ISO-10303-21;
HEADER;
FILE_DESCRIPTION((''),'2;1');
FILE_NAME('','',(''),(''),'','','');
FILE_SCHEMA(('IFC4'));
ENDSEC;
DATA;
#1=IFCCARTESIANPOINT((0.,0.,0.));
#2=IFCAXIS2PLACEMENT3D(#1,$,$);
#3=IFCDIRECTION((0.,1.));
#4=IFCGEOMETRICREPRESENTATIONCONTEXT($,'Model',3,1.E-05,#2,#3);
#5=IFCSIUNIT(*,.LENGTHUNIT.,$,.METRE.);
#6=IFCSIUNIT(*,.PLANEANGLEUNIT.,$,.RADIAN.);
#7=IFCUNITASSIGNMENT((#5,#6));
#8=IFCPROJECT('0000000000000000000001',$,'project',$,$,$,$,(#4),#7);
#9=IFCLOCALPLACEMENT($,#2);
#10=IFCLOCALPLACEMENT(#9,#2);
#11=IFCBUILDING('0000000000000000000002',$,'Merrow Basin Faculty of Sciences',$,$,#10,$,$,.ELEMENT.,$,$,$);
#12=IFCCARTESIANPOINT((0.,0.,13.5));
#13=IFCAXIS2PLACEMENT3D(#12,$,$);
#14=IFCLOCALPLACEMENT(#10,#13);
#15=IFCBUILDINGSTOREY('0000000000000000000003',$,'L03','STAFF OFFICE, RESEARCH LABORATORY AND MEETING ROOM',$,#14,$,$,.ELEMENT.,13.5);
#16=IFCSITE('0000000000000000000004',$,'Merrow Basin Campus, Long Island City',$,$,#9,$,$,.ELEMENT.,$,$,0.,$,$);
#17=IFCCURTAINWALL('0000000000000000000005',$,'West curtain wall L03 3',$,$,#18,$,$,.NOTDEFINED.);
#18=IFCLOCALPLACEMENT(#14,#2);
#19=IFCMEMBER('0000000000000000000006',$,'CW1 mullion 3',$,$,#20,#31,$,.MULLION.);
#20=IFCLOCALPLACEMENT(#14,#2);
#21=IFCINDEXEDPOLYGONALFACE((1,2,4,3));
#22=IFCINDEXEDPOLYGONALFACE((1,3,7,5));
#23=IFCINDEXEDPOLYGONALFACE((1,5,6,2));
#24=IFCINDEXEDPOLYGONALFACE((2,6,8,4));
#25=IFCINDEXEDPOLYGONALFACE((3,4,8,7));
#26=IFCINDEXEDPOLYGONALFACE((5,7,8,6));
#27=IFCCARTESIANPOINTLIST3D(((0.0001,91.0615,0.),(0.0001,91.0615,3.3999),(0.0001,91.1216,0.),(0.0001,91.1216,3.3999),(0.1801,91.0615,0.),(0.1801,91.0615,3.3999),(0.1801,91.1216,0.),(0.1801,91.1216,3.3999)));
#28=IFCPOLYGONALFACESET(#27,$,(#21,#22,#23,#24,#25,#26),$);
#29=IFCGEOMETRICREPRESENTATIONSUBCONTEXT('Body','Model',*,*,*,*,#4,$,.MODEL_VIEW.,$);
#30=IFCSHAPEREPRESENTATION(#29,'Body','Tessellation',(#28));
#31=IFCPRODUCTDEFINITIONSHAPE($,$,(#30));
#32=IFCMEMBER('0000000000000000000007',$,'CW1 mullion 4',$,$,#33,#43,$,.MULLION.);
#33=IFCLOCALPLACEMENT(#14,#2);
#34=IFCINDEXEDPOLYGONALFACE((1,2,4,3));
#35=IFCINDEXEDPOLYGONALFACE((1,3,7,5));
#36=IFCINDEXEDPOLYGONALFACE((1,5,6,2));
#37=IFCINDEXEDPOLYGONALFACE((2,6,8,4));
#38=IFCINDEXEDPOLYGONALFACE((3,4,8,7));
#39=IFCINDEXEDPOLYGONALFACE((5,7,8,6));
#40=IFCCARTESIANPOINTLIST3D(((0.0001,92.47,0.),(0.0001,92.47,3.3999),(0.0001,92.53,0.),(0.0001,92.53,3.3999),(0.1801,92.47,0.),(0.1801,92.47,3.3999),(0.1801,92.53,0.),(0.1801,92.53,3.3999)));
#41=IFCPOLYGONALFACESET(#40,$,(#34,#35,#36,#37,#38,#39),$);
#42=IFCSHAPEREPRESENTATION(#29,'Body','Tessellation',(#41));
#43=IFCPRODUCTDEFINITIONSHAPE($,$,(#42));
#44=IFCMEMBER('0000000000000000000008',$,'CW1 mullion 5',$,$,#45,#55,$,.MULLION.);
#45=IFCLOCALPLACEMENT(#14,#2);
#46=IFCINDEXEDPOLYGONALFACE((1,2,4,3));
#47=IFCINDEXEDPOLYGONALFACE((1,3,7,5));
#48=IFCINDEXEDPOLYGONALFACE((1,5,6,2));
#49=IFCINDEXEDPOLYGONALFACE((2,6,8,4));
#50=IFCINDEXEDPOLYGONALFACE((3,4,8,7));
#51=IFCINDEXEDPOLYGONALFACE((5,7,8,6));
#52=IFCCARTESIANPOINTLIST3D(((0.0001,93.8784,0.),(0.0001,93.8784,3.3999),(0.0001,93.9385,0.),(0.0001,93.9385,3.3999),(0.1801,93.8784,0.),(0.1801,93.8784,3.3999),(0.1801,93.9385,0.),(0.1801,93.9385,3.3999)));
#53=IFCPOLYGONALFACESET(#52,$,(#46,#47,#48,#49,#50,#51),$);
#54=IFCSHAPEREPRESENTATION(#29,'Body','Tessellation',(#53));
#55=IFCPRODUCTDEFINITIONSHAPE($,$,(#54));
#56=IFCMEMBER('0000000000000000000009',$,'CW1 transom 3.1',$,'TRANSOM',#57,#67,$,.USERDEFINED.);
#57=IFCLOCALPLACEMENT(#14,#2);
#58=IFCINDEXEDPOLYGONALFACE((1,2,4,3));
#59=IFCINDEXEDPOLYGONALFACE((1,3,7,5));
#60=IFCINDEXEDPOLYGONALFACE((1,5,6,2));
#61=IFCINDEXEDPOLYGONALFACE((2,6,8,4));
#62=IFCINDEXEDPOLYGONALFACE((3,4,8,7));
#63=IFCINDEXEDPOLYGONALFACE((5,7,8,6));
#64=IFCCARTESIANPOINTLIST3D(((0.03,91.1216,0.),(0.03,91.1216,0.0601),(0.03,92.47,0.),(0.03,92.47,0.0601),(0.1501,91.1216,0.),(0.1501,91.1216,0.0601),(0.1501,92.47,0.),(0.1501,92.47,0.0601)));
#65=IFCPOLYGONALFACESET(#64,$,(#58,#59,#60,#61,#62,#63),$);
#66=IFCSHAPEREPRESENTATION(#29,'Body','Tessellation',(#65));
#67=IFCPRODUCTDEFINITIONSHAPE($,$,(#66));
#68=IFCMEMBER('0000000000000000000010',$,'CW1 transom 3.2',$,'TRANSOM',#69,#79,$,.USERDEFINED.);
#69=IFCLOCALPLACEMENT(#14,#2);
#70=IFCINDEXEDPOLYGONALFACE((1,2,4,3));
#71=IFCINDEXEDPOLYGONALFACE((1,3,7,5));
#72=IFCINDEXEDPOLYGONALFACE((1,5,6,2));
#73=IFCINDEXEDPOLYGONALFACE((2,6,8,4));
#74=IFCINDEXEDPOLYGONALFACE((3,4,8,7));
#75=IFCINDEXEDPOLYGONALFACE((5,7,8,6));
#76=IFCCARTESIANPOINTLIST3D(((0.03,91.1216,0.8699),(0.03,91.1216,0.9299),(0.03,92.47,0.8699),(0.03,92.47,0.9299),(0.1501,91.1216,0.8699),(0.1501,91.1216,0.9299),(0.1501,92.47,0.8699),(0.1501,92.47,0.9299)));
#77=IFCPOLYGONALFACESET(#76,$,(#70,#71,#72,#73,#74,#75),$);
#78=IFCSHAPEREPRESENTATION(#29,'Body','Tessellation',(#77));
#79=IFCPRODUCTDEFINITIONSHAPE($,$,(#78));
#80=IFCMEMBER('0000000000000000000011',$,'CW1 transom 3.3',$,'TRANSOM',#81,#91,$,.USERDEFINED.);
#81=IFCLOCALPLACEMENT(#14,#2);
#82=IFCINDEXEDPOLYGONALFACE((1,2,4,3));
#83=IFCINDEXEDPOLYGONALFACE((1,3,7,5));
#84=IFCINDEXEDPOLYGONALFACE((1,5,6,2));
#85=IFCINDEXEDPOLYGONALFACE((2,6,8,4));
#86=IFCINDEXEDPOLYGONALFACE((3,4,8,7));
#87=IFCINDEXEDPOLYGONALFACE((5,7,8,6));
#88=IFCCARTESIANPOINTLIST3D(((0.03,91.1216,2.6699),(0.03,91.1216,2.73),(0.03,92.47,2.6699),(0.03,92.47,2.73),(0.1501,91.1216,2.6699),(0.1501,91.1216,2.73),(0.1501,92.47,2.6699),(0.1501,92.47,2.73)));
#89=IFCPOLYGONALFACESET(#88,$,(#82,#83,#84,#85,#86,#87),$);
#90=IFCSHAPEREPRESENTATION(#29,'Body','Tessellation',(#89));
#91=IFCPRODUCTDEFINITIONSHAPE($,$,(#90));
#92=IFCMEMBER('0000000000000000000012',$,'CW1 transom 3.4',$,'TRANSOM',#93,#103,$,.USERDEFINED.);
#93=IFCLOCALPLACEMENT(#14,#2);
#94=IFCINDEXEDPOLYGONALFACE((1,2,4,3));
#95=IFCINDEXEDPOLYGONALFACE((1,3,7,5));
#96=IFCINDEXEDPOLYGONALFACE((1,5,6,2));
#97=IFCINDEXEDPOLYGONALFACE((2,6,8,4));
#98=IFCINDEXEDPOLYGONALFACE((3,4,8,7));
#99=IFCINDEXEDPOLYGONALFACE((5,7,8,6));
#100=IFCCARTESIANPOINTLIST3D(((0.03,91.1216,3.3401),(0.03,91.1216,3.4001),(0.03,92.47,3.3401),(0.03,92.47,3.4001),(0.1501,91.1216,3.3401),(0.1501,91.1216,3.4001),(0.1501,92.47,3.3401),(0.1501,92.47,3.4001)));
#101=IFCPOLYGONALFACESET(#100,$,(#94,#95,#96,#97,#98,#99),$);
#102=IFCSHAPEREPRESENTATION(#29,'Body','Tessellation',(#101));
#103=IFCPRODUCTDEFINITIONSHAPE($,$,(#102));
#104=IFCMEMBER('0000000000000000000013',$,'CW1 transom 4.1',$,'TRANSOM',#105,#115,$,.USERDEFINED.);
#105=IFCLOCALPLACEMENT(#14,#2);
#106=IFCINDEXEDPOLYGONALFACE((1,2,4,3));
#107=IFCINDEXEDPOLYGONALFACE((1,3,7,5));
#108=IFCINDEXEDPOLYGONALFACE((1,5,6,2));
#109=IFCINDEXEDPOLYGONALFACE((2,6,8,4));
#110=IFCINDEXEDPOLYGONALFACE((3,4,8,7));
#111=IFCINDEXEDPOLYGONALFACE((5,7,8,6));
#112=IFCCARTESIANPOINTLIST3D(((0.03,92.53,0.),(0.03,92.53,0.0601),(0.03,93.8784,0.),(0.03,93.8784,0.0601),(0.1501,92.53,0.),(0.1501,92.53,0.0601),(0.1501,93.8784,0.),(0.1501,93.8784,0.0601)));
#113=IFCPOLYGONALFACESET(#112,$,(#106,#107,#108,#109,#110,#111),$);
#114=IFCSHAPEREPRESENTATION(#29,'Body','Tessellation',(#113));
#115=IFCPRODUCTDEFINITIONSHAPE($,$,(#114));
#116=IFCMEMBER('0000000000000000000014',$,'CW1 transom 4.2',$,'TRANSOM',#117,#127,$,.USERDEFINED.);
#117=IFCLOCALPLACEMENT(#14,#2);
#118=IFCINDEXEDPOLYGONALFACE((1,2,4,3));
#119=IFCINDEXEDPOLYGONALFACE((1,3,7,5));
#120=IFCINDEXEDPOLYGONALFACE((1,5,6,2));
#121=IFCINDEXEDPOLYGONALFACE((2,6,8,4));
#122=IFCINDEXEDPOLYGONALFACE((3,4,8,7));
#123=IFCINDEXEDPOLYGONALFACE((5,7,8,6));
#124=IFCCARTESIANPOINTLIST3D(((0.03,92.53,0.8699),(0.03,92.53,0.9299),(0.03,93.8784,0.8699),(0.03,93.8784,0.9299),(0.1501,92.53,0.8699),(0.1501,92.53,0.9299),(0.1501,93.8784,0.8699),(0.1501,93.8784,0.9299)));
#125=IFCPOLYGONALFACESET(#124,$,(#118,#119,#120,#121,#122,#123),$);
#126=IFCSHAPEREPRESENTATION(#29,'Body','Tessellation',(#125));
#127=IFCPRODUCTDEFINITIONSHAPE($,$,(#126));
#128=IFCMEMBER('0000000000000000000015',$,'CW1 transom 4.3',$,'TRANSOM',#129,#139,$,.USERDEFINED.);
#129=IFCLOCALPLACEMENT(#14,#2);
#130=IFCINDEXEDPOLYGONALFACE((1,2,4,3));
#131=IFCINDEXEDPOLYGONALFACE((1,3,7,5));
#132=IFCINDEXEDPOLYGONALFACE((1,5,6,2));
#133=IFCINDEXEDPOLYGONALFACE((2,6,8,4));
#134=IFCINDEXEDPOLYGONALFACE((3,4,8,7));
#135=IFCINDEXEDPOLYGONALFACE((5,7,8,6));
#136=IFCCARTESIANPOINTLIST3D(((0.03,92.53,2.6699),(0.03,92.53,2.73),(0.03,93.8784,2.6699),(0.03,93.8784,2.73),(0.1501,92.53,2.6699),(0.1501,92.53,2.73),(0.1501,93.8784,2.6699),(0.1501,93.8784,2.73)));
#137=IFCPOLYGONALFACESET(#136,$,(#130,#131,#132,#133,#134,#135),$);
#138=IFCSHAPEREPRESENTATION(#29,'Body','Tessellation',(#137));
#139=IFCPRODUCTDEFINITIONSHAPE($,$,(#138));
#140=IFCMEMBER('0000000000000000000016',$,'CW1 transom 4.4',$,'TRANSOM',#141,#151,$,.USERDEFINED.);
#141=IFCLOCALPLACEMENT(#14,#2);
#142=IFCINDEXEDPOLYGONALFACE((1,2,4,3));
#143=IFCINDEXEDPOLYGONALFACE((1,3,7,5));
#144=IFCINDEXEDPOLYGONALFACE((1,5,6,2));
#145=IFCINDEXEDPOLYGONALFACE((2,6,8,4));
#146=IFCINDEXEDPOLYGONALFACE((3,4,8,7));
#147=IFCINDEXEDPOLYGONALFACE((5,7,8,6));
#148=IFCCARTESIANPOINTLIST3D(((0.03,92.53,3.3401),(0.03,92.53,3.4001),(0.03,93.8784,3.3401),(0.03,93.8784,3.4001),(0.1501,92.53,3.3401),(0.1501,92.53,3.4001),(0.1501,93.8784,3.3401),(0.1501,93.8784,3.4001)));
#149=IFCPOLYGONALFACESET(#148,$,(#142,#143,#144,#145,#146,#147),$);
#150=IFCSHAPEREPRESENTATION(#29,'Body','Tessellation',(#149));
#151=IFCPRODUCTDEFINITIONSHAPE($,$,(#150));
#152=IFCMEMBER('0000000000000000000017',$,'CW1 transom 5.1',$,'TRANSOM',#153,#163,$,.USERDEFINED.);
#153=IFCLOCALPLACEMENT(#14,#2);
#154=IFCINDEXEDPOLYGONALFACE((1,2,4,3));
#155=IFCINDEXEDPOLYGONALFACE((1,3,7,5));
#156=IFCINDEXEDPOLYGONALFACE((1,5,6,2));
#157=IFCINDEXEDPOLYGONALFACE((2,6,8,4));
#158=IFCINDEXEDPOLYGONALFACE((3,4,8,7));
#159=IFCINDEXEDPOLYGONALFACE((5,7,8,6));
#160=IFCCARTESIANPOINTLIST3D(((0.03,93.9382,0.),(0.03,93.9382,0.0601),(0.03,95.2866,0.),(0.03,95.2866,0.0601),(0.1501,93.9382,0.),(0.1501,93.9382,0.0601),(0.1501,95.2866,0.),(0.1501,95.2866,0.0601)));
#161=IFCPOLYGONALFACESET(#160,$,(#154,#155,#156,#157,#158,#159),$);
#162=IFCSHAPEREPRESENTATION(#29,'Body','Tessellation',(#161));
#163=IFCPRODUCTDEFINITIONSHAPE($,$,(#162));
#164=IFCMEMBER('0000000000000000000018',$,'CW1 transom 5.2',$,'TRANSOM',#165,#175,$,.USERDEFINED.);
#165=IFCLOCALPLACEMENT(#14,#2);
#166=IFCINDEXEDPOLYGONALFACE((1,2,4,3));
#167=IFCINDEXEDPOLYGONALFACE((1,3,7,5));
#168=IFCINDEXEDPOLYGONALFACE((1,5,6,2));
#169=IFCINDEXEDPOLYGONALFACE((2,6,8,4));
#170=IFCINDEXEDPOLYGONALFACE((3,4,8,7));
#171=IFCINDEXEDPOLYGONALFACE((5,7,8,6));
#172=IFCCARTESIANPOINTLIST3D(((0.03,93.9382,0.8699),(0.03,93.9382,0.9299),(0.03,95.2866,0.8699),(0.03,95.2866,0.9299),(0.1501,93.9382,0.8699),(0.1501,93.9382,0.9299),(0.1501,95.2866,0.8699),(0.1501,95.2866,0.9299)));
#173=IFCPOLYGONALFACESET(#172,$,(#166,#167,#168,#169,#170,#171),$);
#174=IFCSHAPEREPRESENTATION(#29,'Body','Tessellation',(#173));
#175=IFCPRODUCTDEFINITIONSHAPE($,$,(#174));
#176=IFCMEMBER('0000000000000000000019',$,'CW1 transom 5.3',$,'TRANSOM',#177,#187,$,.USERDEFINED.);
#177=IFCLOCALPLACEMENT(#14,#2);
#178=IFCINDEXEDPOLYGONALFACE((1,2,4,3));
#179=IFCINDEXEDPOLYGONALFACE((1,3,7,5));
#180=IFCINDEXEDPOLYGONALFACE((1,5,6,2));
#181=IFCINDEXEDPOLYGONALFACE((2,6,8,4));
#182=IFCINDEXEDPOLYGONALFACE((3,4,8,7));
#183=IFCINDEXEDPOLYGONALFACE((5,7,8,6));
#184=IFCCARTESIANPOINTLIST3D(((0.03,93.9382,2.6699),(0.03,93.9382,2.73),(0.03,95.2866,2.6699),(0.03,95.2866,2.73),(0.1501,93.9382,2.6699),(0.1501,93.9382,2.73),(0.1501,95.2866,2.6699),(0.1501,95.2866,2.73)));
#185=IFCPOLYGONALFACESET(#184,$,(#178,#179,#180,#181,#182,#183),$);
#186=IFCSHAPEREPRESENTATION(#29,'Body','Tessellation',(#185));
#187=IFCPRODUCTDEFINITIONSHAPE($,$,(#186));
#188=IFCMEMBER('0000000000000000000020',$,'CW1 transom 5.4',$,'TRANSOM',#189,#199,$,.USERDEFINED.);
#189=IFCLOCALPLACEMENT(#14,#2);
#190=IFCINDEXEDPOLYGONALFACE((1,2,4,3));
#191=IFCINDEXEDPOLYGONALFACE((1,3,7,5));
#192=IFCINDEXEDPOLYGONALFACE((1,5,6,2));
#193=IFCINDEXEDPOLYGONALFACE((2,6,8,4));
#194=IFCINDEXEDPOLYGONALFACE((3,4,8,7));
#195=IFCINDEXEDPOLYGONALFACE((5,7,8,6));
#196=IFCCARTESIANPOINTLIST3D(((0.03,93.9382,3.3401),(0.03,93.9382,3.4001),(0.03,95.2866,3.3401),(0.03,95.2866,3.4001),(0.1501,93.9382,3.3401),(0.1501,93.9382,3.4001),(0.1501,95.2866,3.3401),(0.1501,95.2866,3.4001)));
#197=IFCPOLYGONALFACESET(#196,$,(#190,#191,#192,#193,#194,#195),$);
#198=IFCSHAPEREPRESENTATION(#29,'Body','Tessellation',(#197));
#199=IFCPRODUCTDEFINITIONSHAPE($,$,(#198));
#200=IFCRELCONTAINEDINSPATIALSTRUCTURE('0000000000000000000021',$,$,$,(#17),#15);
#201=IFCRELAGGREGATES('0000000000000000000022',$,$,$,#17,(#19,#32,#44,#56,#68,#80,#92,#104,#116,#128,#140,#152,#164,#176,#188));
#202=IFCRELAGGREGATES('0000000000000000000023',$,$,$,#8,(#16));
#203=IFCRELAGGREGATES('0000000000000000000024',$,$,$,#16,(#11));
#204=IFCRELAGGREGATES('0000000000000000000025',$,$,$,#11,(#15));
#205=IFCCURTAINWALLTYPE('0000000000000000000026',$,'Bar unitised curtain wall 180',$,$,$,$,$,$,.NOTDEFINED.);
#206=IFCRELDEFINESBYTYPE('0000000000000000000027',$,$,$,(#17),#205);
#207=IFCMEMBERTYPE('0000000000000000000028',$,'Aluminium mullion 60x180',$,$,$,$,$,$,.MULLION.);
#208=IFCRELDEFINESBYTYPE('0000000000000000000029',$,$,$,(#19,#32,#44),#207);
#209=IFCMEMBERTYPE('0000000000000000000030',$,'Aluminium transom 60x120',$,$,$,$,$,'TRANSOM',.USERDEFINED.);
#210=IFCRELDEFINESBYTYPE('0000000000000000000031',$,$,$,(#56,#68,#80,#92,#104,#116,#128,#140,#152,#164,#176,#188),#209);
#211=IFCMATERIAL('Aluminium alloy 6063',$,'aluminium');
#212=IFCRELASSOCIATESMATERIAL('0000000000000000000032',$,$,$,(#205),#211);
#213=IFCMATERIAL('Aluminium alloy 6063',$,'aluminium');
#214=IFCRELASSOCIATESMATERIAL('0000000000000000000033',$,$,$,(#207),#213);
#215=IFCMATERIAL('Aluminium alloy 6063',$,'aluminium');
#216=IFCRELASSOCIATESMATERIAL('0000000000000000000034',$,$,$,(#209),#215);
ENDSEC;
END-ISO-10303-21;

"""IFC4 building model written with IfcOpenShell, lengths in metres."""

from ifc_helpers import new_model, si_unit, direction, frame, origin, origin_2d, place, context, subcontext, project, spatial, rectangle, extrude, material, material_profile, profile_set, type_object, element, aggregate, save


model = new_model("IFC4")

# Units and contexts
model_context = context("Model", 3, precision=1e-05, world=origin(), true_north=direction((0.0, 1.0)))
body_context = subcontext(model_context, "Body", "Model", "MODEL_VIEW")
ifc_project = project(units=[si_unit("LENGTHUNIT", "METRE"), si_unit("PLANEANGLEUNIT", "RADIAN")], contexts=[model_context])

# Site, building, storey
site_placement = place(None, origin())
site = spatial("IfcSite", under=ifc_project, at=site_placement, Name="Merrow Basin Campus, Long Island City", CompositionType="ELEMENT", RefElevation=0.0)
building_placement = place(site_placement, origin())
building = spatial("IfcBuilding", under=site, at=building_placement, Name="Merrow Basin Faculty of Sciences", CompositionType="ELEMENT")
storey_placement = place(building_placement, frame((0.0, 0.0, 13.5)))
storey = spatial("IfcBuildingStorey", under=building, at=storey_placement, Name="L03", Description="STAFF OFFICE, RESEARCH LABORATORY AND MEETING ROOM", CompositionType="ELEMENT", Elevation=13.5)

# Curtain wall, members
ifc_material_1 = material(Name="Aluminium alloy 6063", Category="aluminium")
curtain_wall_type = type_object("IfcCurtainWallType", Name="Bar unitised curtain wall 180", PredefinedType="NOTDEFINED", material=ifc_material_1)
curtain_wall_placement = place(storey_placement, origin())
curtain_wall = element("IfcCurtainWall", 1, at=curtain_wall_placement, inside=storey, type_object=curtain_wall_type, Name="West curtain wall L03 3", PredefinedType="NOTDEFINED")
ifc_material_2 = material(Name="Aluminium alloy 6063", Category="aluminium")
ifc_material_profile_1 = material_profile(ifc_material_2, rectangle(XDim=0.1799, YDim=0.0601, at=origin_2d()))
ifc_profile_set_1 = profile_set([ifc_material_profile_1], Name="Aluminium alloy 6063")
member_type_1 = type_object("IfcMemberType", Name="Aluminium mullion 60x180", PredefinedType="MULLION", material=ifc_profile_set_1)
member_1_placement = place(storey_placement, frame((0.0901, 91.0916, 0.0), z_axis=(0.0, 0.0, 1.0), x_axis=(-1.0, 0.0, 0.0)))
member_1 = element("IfcMember", 2, at=member_1_placement, type_object=member_type_1, Name="CW1 mullion 3", PredefinedType="MULLION", context=body_context, shape_type="SweptSolid", body=[
    extrude(rectangle(XDim=0.1799, YDim=0.0601, at=origin_2d()), origin(), (0.0, 0.0, 1.0), 3.3999),
])
member_2_placement = place(storey_placement, frame((0.0901, 92.5, 0.0), z_axis=(0.0, 0.0, 1.0), x_axis=(-1.0, 0.0, 0.0)))
member_2 = element("IfcMember", 3, at=member_2_placement, type_object=member_type_1, Name="CW1 mullion 4", PredefinedType="MULLION", context=body_context, shape_type="SweptSolid", body=[
    extrude(rectangle(XDim=0.1799, YDim=0.0601, at=origin_2d()), origin(), (0.0, 0.0, 1.0), 3.3999),
])
member_3_placement = place(storey_placement, frame((0.0901, 93.9084, 0.0), z_axis=(0.0, 0.0, 1.0), x_axis=(-1.0, 0.0, 0.0)))
member_3 = element("IfcMember", 4, at=member_3_placement, type_object=member_type_1, Name="CW1 mullion 5", PredefinedType="MULLION", context=body_context, shape_type="SweptSolid", body=[
    extrude(rectangle(XDim=0.1799, YDim=0.0601, at=origin_2d()), origin(), (0.0, 0.0, 1.0), 3.3999),
])
ifc_material_3 = material(Name="Aluminium alloy 6063", Category="aluminium")
ifc_material_profile_2 = material_profile(ifc_material_3, rectangle(XDim=0.1201, YDim=0.0601, at=origin_2d()))
ifc_profile_set_2 = profile_set([ifc_material_profile_2], Name="Aluminium alloy 6063")
member_type_2 = type_object("IfcMemberType", Name="Aluminium transom 60x120", ElementType="TRANSOM", PredefinedType="USERDEFINED", material=ifc_profile_set_2)
member_4_placement = place(storey_placement, frame((0.0901, 91.1216, 0.03), z_axis=(0.0, 1.0, 0.0), x_axis=(-1.0, 0.0, 0.0)))
member_4 = element("IfcMember", 5, at=member_4_placement, type_object=member_type_2, Name="CW1 transom 3.1", ObjectType="TRANSOM", PredefinedType="USERDEFINED", context=body_context, shape_type="SweptSolid", body=[
    extrude(rectangle(XDim=0.1201, YDim=0.0601, at=origin_2d()), origin(), (0.0, 0.0, 1.0), 1.3484),
])
member_5_placement = place(storey_placement, frame((0.0901, 91.1216, 0.8999), z_axis=(0.0, 1.0, 0.0), x_axis=(-1.0, 0.0, 0.0)))
member_5 = element("IfcMember", 6, at=member_5_placement, type_object=member_type_2, Name="CW1 transom 3.2", ObjectType="TRANSOM", PredefinedType="USERDEFINED", context=body_context, shape_type="SweptSolid", body=[
    extrude(rectangle(XDim=0.1201, YDim=0.0601, at=origin_2d()), origin(), (0.0, 0.0, 1.0), 1.3484),
])
member_6_placement = place(storey_placement, frame((0.0901, 91.1216, 2.7), z_axis=(0.0, 1.0, 0.0), x_axis=(-1.0, 0.0, 0.0)))
member_6 = element("IfcMember", 7, at=member_6_placement, type_object=member_type_2, Name="CW1 transom 3.3", ObjectType="TRANSOM", PredefinedType="USERDEFINED", context=body_context, shape_type="SweptSolid", body=[
    extrude(rectangle(XDim=0.1201, YDim=0.0601, at=origin_2d()), origin(), (0.0, 0.0, 1.0), 1.3484),
])
member_7_placement = place(storey_placement, frame((0.0901, 91.1216, 3.3701), z_axis=(0.0, 1.0, 0.0), x_axis=(-1.0, 0.0, 0.0)))
member_7 = element("IfcMember", 8, at=member_7_placement, type_object=member_type_2, Name="CW1 transom 3.4", ObjectType="TRANSOM", PredefinedType="USERDEFINED", context=body_context, shape_type="SweptSolid", body=[
    extrude(rectangle(XDim=0.1201, YDim=0.0601, at=origin_2d()), origin(), (0.0, 0.0, 1.0), 1.3484),
])
member_8_placement = place(storey_placement, frame((0.0901, 92.53, 0.03), z_axis=(0.0, 1.0, 0.0), x_axis=(-1.0, 0.0, 0.0)))
member_8 = element("IfcMember", 9, at=member_8_placement, type_object=member_type_2, Name="CW1 transom 4.1", ObjectType="TRANSOM", PredefinedType="USERDEFINED", context=body_context, shape_type="SweptSolid", body=[
    extrude(rectangle(XDim=0.1201, YDim=0.0601, at=origin_2d()), origin(), (0.0, 0.0, 1.0), 1.3484),
])
member_9_placement = place(storey_placement, frame((0.0901, 92.53, 0.8999), z_axis=(0.0, 1.0, 0.0), x_axis=(-1.0, 0.0, 0.0)))
member_9 = element("IfcMember", 10, at=member_9_placement, type_object=member_type_2, Name="CW1 transom 4.2", ObjectType="TRANSOM", PredefinedType="USERDEFINED", context=body_context, shape_type="SweptSolid", body=[
    extrude(rectangle(XDim=0.1201, YDim=0.0601, at=origin_2d()), origin(), (0.0, 0.0, 1.0), 1.3484),
])
member_10_placement = place(storey_placement, frame((0.0901, 92.53, 2.7), z_axis=(0.0, 1.0, 0.0), x_axis=(-1.0, 0.0, 0.0)))
member_10 = element("IfcMember", 11, at=member_10_placement, type_object=member_type_2, Name="CW1 transom 4.3", ObjectType="TRANSOM", PredefinedType="USERDEFINED", context=body_context, shape_type="SweptSolid", body=[
    extrude(rectangle(XDim=0.1201, YDim=0.0601, at=origin_2d()), origin(), (0.0, 0.0, 1.0), 1.3484),
])
member_11_placement = place(storey_placement, frame((0.0901, 92.53, 3.3701), z_axis=(0.0, 1.0, 0.0), x_axis=(-1.0, 0.0, 0.0)))
member_11 = element("IfcMember", 12, at=member_11_placement, type_object=member_type_2, Name="CW1 transom 4.4", ObjectType="TRANSOM", PredefinedType="USERDEFINED", context=body_context, shape_type="SweptSolid", body=[
    extrude(rectangle(XDim=0.1201, YDim=0.0601, at=origin_2d()), origin(), (0.0, 0.0, 1.0), 1.3484),
])
member_12_placement = place(storey_placement, frame((0.0901, 93.9382, 0.03), z_axis=(0.0, 1.0, 0.0), x_axis=(-1.0, 0.0, 0.0)))
member_12 = element("IfcMember", 13, at=member_12_placement, type_object=member_type_2, Name="CW1 transom 5.1", ObjectType="TRANSOM", PredefinedType="USERDEFINED", context=body_context, shape_type="SweptSolid", body=[
    extrude(rectangle(XDim=0.1201, YDim=0.0601, at=origin_2d()), origin(), (0.0, 0.0, 1.0), 1.3484),
])
member_13_placement = place(storey_placement, frame((0.0901, 93.9382, 0.8999), z_axis=(0.0, 1.0, 0.0), x_axis=(-1.0, 0.0, 0.0)))
member_13 = element("IfcMember", 14, at=member_13_placement, type_object=member_type_2, Name="CW1 transom 5.2", ObjectType="TRANSOM", PredefinedType="USERDEFINED", context=body_context, shape_type="SweptSolid", body=[
    extrude(rectangle(XDim=0.1201, YDim=0.0601, at=origin_2d()), origin(), (0.0, 0.0, 1.0), 1.3484),
])
member_14_placement = place(storey_placement, frame((0.0901, 93.9382, 2.7), z_axis=(0.0, 1.0, 0.0), x_axis=(-1.0, 0.0, 0.0)))
member_14 = element("IfcMember", 15, at=member_14_placement, type_object=member_type_2, Name="CW1 transom 5.3", ObjectType="TRANSOM", PredefinedType="USERDEFINED", context=body_context, shape_type="SweptSolid", body=[
    extrude(rectangle(XDim=0.1201, YDim=0.0601, at=origin_2d()), origin(), (0.0, 0.0, 1.0), 1.3484),
])
member_15_placement = place(storey_placement, frame((0.0901, 93.9382, 3.3701), z_axis=(0.0, 1.0, 0.0), x_axis=(-1.0, 0.0, 0.0)))
member_15 = element("IfcMember", 16, at=member_15_placement, type_object=member_type_2, Name="CW1 transom 5.4", ObjectType="TRANSOM", PredefinedType="USERDEFINED", context=body_context, shape_type="SweptSolid", body=[
    extrude(rectangle(XDim=0.1201, YDim=0.0601, at=origin_2d()), origin(), (0.0, 0.0, 1.0), 1.3484),
])
aggregate(curtain_wall, [member_1, member_2, member_3, member_4, member_5, member_6, member_7, member_8, member_9, member_10, member_11, member_12, member_13, member_14, member_15])

save(model, "model.ifc")
